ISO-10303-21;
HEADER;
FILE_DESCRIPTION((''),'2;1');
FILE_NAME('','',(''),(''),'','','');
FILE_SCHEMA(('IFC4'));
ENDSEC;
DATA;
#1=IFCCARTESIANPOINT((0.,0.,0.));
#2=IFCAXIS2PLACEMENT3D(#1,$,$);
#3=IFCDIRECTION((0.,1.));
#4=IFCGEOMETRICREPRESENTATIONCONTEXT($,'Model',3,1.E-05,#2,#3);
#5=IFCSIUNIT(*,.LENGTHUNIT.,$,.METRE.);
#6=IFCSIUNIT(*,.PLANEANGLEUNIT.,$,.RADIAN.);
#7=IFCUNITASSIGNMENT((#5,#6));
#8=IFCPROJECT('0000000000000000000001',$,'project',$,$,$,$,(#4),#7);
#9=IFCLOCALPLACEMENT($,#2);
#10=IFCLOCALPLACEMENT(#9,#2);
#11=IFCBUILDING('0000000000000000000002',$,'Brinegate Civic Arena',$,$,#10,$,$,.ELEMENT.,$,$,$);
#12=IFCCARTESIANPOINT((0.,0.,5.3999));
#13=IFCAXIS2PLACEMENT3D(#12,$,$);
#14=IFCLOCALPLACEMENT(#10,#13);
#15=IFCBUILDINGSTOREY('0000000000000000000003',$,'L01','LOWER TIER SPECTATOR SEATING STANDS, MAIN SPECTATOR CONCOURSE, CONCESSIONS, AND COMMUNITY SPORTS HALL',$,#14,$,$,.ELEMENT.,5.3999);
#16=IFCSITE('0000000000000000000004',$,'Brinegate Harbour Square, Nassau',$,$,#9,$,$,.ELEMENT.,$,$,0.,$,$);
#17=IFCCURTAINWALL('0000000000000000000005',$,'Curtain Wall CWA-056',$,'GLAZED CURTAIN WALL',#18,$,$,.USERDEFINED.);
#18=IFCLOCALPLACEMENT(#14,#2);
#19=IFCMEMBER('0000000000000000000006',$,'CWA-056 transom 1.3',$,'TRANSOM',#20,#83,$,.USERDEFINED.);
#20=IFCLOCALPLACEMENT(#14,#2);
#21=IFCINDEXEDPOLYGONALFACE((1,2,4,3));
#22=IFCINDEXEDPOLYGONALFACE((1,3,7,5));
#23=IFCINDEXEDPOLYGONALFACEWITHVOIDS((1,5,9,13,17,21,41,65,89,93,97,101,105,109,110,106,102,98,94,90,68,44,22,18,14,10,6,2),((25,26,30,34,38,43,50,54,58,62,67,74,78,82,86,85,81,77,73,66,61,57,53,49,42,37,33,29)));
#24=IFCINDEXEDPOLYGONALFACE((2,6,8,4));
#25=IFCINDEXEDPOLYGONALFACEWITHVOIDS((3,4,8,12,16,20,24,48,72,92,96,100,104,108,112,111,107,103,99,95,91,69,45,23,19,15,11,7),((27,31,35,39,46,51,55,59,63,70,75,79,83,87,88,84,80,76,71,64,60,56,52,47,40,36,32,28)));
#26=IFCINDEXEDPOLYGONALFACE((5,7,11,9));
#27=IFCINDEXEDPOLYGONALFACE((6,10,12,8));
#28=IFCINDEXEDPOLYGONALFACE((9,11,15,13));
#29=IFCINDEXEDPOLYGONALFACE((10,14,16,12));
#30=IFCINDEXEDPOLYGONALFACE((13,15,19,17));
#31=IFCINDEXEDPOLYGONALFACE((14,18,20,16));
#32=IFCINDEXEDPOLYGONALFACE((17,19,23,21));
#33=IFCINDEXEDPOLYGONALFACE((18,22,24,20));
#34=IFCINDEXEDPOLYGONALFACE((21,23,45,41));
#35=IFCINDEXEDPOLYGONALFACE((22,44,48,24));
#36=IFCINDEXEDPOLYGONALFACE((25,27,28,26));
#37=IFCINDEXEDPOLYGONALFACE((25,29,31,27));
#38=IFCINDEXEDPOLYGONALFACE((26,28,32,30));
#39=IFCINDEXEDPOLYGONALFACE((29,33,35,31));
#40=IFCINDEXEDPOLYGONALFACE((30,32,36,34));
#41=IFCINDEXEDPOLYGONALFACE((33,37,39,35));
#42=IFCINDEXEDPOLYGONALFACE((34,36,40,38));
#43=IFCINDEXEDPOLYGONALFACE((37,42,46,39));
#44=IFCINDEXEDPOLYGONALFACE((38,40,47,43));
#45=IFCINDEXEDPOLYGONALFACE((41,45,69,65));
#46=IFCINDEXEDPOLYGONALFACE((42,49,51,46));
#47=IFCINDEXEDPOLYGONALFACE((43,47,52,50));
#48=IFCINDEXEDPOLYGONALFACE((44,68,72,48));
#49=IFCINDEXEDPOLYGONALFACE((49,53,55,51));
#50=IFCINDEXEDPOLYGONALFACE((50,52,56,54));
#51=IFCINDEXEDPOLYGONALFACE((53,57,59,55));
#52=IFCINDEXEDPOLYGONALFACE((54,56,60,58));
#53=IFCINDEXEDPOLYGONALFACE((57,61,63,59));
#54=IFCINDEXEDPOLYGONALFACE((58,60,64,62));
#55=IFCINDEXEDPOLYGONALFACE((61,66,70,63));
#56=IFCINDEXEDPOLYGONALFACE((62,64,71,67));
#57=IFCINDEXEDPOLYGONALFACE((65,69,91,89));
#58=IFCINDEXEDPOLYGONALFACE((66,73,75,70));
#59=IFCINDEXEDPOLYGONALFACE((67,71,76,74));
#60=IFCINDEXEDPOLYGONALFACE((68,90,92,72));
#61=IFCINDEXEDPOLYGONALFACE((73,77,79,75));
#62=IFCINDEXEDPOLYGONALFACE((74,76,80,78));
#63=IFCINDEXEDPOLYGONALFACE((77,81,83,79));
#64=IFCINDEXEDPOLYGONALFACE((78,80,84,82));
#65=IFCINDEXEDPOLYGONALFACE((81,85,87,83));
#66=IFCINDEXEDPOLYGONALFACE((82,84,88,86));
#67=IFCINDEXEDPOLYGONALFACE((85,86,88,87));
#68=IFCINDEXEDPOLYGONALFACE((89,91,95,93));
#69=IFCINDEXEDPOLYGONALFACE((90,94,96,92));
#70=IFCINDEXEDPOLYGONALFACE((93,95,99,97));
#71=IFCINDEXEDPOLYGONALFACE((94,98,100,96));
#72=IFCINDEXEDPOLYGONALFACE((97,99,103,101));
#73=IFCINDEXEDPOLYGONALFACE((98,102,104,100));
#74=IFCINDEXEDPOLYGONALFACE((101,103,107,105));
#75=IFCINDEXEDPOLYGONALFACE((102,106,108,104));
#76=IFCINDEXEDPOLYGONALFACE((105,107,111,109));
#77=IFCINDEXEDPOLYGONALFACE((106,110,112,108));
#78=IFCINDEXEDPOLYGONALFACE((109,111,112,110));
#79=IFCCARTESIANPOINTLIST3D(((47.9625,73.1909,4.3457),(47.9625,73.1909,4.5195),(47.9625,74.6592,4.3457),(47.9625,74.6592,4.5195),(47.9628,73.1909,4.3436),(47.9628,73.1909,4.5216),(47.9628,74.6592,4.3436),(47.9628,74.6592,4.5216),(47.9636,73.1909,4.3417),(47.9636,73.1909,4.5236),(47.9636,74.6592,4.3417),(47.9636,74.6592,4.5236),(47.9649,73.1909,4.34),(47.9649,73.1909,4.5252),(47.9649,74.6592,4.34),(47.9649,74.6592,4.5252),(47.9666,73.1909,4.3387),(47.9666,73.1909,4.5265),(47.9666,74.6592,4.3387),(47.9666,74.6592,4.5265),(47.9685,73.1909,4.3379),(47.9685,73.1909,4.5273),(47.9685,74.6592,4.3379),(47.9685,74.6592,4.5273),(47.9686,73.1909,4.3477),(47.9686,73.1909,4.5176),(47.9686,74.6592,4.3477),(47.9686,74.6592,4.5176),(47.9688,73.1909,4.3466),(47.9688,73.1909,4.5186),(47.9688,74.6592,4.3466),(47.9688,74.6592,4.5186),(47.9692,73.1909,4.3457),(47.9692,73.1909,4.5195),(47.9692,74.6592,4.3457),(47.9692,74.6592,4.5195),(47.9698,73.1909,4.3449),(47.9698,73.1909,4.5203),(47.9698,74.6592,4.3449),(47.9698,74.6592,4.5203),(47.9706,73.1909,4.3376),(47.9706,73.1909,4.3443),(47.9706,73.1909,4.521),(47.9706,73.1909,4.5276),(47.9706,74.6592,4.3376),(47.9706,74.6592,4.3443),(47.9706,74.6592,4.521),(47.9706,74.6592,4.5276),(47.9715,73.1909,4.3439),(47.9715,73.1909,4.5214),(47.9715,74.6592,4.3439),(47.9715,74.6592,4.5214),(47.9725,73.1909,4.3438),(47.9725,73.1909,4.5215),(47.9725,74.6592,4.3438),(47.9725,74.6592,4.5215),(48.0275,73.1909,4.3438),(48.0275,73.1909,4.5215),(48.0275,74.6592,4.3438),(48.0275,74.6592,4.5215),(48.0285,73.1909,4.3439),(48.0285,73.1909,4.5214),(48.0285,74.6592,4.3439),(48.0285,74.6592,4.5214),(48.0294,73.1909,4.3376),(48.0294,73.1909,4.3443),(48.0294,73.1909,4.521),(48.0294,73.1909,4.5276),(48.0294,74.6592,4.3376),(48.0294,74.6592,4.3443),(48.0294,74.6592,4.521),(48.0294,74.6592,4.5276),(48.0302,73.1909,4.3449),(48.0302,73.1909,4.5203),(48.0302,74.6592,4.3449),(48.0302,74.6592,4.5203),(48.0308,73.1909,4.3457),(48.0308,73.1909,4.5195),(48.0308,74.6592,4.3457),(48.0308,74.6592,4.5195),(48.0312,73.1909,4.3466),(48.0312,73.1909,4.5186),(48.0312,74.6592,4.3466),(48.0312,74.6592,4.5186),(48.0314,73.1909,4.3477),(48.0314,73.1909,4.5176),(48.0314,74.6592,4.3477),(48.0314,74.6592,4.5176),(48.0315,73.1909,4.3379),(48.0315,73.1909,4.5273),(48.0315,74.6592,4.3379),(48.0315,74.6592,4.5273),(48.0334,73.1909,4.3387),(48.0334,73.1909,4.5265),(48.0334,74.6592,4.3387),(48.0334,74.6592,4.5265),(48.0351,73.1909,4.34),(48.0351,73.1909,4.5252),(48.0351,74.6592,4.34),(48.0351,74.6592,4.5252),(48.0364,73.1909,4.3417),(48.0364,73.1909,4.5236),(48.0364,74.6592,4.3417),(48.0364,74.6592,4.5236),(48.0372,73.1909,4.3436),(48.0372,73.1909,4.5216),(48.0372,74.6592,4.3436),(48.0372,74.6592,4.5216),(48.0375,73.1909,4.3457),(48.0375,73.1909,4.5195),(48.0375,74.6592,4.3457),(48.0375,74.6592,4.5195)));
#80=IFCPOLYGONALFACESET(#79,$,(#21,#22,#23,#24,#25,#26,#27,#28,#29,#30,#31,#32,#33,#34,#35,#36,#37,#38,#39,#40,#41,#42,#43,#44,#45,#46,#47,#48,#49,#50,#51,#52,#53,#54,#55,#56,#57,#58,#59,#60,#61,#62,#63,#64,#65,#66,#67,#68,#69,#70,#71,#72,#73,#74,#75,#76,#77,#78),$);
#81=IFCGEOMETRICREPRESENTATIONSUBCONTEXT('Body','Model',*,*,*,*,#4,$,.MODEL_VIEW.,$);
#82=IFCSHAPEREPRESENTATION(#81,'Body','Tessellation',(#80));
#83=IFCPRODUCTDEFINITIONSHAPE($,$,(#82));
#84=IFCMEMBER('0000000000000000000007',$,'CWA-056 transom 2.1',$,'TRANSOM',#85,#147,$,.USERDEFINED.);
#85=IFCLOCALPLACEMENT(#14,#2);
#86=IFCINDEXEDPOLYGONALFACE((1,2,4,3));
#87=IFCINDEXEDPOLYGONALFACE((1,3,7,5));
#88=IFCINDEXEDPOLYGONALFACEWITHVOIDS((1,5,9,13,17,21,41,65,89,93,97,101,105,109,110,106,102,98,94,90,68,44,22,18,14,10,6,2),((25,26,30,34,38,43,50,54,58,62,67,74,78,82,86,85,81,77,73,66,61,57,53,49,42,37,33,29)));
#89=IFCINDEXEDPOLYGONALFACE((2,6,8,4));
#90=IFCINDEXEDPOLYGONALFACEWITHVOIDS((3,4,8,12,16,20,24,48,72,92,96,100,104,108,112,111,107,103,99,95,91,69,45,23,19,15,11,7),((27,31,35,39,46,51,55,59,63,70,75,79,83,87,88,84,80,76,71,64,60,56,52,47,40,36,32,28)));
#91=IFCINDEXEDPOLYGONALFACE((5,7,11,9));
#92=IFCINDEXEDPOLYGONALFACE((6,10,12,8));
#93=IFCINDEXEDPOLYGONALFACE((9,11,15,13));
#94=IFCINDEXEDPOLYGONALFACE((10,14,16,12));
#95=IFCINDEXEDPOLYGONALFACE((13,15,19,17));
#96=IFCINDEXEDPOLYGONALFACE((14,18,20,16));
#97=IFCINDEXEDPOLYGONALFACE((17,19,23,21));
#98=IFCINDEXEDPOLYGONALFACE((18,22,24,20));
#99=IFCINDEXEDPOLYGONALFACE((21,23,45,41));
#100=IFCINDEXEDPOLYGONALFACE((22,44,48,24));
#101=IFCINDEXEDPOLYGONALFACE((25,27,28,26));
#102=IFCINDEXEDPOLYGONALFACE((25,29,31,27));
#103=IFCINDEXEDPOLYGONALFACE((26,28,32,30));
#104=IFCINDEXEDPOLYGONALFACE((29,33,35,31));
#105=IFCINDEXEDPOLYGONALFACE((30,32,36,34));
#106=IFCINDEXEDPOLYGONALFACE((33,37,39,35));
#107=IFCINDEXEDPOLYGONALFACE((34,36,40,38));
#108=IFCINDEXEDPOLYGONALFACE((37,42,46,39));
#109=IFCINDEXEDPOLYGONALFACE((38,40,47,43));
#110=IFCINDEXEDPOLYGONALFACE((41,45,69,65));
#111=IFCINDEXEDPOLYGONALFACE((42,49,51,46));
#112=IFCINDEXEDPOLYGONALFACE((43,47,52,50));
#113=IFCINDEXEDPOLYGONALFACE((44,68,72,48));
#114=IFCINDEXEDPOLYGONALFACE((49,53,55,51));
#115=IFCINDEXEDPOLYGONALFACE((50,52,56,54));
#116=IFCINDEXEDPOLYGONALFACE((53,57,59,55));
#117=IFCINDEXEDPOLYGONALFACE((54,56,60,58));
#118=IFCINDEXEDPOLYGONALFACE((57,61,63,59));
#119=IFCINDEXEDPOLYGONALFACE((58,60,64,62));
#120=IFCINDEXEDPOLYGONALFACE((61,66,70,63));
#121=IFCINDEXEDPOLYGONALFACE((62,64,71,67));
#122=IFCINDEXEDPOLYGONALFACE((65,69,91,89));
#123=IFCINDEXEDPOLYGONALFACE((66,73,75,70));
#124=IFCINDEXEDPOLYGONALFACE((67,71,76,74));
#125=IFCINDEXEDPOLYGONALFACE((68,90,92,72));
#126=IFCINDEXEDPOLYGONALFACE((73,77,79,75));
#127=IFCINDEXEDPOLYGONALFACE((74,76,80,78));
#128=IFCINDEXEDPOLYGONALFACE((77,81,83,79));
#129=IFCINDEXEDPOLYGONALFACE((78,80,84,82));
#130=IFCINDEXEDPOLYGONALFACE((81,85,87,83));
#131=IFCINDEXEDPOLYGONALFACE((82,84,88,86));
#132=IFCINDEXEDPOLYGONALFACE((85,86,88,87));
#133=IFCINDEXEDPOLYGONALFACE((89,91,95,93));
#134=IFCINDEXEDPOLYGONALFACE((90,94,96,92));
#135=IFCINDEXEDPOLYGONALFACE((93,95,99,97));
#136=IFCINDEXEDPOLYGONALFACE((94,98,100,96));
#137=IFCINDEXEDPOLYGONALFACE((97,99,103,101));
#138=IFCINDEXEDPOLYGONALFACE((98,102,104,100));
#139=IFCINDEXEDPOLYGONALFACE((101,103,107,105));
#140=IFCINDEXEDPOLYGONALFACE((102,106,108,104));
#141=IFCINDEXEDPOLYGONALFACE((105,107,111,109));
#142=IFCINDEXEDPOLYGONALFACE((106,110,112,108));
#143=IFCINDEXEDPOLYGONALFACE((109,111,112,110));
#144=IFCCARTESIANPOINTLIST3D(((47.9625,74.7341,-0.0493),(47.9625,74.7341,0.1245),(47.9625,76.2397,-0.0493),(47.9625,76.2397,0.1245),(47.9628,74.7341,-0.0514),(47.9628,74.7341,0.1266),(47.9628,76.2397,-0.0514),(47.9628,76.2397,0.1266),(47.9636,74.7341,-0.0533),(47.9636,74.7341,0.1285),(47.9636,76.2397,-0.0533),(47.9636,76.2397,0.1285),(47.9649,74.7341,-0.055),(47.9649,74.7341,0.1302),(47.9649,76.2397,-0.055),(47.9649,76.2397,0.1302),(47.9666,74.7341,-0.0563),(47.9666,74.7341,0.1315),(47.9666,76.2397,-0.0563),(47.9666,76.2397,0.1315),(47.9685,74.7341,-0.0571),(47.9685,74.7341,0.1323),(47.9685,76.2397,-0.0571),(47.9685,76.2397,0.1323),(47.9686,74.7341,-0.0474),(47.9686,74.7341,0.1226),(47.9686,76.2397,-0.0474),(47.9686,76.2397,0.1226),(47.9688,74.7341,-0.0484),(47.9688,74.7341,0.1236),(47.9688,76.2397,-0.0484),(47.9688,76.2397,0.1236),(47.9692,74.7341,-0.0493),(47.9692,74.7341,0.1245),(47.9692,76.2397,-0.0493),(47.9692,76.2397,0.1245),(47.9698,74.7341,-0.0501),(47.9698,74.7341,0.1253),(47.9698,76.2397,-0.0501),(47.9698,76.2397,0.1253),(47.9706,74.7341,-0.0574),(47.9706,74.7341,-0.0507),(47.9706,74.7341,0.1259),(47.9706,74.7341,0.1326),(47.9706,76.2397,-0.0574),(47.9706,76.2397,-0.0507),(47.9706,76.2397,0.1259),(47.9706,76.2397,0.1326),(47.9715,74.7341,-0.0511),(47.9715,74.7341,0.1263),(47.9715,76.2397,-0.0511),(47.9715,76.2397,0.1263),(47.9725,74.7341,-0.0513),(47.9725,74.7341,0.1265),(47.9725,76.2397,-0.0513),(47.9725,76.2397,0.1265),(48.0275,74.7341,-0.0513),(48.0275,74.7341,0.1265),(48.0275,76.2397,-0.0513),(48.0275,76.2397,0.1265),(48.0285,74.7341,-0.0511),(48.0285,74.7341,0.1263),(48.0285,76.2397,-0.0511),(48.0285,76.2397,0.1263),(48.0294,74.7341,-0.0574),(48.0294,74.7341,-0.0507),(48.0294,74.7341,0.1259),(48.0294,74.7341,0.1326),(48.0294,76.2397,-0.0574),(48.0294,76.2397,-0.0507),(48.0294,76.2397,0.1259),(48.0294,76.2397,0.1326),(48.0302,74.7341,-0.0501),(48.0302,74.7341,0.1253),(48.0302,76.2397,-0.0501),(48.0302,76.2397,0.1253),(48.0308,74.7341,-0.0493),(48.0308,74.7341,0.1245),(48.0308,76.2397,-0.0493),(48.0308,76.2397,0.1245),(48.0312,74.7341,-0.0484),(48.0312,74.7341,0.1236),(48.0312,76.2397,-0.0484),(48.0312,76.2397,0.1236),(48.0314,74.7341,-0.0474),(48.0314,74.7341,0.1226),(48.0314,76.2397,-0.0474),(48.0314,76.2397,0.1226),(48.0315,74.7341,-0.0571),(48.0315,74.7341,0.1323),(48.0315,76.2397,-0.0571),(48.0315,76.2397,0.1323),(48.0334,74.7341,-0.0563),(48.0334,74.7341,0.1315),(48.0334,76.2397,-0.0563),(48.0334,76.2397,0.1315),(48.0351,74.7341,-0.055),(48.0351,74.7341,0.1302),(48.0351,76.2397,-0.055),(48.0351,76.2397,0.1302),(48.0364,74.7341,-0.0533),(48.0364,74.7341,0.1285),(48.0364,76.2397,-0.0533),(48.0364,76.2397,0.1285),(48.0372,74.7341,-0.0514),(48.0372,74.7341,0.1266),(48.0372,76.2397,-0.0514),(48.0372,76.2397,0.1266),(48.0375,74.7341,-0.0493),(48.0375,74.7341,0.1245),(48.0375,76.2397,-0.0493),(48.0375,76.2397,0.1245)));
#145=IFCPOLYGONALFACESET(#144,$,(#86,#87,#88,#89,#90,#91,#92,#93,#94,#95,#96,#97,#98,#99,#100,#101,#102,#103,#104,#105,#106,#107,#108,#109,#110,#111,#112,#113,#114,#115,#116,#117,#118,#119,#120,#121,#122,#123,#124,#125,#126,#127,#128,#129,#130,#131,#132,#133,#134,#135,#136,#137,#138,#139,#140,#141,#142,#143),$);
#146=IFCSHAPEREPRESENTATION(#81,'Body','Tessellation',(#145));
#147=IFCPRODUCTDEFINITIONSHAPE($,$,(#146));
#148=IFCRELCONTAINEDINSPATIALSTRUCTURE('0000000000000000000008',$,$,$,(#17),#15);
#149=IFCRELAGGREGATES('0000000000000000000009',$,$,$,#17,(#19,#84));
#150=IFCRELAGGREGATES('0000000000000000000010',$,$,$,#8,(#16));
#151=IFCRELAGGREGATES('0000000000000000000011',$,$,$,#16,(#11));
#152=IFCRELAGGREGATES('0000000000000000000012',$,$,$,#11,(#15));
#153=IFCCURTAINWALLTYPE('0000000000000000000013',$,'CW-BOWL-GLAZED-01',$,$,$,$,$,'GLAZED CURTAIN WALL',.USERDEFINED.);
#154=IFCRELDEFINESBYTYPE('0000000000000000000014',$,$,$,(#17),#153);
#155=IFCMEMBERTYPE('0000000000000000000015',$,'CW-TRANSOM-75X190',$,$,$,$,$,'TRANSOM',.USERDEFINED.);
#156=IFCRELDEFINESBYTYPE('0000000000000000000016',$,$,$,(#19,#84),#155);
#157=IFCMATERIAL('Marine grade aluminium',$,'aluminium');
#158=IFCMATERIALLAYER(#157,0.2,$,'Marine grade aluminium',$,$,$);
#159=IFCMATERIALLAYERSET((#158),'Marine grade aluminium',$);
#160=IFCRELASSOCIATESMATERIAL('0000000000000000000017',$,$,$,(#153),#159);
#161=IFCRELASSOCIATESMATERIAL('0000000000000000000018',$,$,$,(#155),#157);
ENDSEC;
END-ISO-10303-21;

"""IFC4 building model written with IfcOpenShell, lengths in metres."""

from ifc_helpers import new_model, si_unit, direction, frame, origin, origin_2d, place, context, subcontext, project, spatial, hollow_rectangle, extrude, material, layer, layer_set, material_profile, profile_set, type_object, element, aggregate, save


model = new_model("IFC4")

# Units and contexts
model_context = context("Model", 3, precision=1e-05, world=origin(), true_north=direction((0.0, 1.0)))
body_context = subcontext(model_context, "Body", "Model", "MODEL_VIEW")
ifc_project = project(units=[si_unit("LENGTHUNIT", "METRE"), si_unit("PLANEANGLEUNIT", "RADIAN")], contexts=[model_context])

# Site, building, storey
site_placement = place(None, origin())
site = spatial("IfcSite", under=ifc_project, at=site_placement, Name="Brinegate Harbour Square, Nassau", CompositionType="ELEMENT", RefElevation=0.0)
building_placement = place(site_placement, origin())
building = spatial("IfcBuilding", under=site, at=building_placement, Name="Brinegate Civic Arena", CompositionType="ELEMENT")
storey_placement = place(building_placement, frame((0.0, 0.0, 5.3999)))
storey = spatial("IfcBuildingStorey", under=building, at=storey_placement, Name="L01", Description="LOWER TIER SPECTATOR SEATING STANDS, MAIN SPECTATOR CONCOURSE, CONCESSIONS, AND COMMUNITY SPORTS HALL", CompositionType="ELEMENT", Elevation=5.3999)

# Shared definitions
ifc_material_1 = material(Name="Marine grade aluminium", Category="aluminium")

# Curtain wall
ifc_layer_1 = layer(ifc_material_1, 0.2, Name="Marine grade aluminium")
ifc_layer_set_1 = layer_set([ifc_layer_1], Name="Marine grade aluminium")
curtain_wall_type_1 = type_object("IfcCurtainWallType", Name="CW-BOWL-GLAZED-01", ElementType="GLAZED CURTAIN WALL", PredefinedType="USERDEFINED", material=ifc_layer_set_1)
curtain_wall_1_placement = place(storey_placement, origin())
curtain_wall_1 = element("IfcCurtainWall", 1, at=curtain_wall_1_placement, inside=storey, type_object=curtain_wall_type_1, Name="Curtain Wall CWA-056", ObjectType="GLAZED CURTAIN WALL", PredefinedType="USERDEFINED")

# Members
ifc_material_profile_1 = material_profile(ifc_material_1, hollow_rectangle(XDim=0.075, YDim=0.1899, WallThickness=0.0061, InnerFilletRadius=0.0039, OuterFilletRadius=0.0081, at=origin_2d()), Name="TRN75X190")
ifc_profile_set_1 = profile_set([ifc_material_profile_1], Name="Marine grade aluminium")
member_type_1 = type_object("IfcMemberType", Name="CW-TRANSOM-75X190", ElementType="TRANSOM", PredefinedType="USERDEFINED", material=ifc_profile_set_1)
member_1_placement = place(storey_placement, frame((48.0, 73.1909, 4.4326), z_axis=(0.0, 1.0, 0.0), x_axis=(-1.0, 0.0, 0.0)))
member_1 = element("IfcMember", 2, at=member_1_placement, type_object=member_type_1, Name="CWA-056 transom 1.3", ObjectType="TRANSOM", PredefinedType="USERDEFINED", context=body_context, shape_type="SweptSolid", body=[
    extrude(hollow_rectangle(XDim=0.075, YDim=0.1899, WallThickness=0.0061, InnerFilletRadius=0.0039, OuterFilletRadius=0.0081, at=origin_2d()), origin(), (0.0, 0.0, 1.0), 1.4683),
])
member_2_placement = place(storey_placement, frame((48.0, 74.7341, 0.0376), z_axis=(0.0, 1.0, 0.0), x_axis=(-1.0, 0.0, 0.0)))
member_2 = element("IfcMember", 3, at=member_2_placement, type_object=member_type_1, Name="CWA-056 transom 2.1", ObjectType="TRANSOM", PredefinedType="USERDEFINED", context=body_context, shape_type="SweptSolid", body=[
    extrude(hollow_rectangle(XDim=0.075, YDim=0.1899, WallThickness=0.0061, InnerFilletRadius=0.0039, OuterFilletRadius=0.0081, at=origin_2d()), origin(), (0.0, 0.0, 1.0), 1.5056),
])

aggregate(curtain_wall_1, [member_1, member_2])

save(model, "model.ifc")
